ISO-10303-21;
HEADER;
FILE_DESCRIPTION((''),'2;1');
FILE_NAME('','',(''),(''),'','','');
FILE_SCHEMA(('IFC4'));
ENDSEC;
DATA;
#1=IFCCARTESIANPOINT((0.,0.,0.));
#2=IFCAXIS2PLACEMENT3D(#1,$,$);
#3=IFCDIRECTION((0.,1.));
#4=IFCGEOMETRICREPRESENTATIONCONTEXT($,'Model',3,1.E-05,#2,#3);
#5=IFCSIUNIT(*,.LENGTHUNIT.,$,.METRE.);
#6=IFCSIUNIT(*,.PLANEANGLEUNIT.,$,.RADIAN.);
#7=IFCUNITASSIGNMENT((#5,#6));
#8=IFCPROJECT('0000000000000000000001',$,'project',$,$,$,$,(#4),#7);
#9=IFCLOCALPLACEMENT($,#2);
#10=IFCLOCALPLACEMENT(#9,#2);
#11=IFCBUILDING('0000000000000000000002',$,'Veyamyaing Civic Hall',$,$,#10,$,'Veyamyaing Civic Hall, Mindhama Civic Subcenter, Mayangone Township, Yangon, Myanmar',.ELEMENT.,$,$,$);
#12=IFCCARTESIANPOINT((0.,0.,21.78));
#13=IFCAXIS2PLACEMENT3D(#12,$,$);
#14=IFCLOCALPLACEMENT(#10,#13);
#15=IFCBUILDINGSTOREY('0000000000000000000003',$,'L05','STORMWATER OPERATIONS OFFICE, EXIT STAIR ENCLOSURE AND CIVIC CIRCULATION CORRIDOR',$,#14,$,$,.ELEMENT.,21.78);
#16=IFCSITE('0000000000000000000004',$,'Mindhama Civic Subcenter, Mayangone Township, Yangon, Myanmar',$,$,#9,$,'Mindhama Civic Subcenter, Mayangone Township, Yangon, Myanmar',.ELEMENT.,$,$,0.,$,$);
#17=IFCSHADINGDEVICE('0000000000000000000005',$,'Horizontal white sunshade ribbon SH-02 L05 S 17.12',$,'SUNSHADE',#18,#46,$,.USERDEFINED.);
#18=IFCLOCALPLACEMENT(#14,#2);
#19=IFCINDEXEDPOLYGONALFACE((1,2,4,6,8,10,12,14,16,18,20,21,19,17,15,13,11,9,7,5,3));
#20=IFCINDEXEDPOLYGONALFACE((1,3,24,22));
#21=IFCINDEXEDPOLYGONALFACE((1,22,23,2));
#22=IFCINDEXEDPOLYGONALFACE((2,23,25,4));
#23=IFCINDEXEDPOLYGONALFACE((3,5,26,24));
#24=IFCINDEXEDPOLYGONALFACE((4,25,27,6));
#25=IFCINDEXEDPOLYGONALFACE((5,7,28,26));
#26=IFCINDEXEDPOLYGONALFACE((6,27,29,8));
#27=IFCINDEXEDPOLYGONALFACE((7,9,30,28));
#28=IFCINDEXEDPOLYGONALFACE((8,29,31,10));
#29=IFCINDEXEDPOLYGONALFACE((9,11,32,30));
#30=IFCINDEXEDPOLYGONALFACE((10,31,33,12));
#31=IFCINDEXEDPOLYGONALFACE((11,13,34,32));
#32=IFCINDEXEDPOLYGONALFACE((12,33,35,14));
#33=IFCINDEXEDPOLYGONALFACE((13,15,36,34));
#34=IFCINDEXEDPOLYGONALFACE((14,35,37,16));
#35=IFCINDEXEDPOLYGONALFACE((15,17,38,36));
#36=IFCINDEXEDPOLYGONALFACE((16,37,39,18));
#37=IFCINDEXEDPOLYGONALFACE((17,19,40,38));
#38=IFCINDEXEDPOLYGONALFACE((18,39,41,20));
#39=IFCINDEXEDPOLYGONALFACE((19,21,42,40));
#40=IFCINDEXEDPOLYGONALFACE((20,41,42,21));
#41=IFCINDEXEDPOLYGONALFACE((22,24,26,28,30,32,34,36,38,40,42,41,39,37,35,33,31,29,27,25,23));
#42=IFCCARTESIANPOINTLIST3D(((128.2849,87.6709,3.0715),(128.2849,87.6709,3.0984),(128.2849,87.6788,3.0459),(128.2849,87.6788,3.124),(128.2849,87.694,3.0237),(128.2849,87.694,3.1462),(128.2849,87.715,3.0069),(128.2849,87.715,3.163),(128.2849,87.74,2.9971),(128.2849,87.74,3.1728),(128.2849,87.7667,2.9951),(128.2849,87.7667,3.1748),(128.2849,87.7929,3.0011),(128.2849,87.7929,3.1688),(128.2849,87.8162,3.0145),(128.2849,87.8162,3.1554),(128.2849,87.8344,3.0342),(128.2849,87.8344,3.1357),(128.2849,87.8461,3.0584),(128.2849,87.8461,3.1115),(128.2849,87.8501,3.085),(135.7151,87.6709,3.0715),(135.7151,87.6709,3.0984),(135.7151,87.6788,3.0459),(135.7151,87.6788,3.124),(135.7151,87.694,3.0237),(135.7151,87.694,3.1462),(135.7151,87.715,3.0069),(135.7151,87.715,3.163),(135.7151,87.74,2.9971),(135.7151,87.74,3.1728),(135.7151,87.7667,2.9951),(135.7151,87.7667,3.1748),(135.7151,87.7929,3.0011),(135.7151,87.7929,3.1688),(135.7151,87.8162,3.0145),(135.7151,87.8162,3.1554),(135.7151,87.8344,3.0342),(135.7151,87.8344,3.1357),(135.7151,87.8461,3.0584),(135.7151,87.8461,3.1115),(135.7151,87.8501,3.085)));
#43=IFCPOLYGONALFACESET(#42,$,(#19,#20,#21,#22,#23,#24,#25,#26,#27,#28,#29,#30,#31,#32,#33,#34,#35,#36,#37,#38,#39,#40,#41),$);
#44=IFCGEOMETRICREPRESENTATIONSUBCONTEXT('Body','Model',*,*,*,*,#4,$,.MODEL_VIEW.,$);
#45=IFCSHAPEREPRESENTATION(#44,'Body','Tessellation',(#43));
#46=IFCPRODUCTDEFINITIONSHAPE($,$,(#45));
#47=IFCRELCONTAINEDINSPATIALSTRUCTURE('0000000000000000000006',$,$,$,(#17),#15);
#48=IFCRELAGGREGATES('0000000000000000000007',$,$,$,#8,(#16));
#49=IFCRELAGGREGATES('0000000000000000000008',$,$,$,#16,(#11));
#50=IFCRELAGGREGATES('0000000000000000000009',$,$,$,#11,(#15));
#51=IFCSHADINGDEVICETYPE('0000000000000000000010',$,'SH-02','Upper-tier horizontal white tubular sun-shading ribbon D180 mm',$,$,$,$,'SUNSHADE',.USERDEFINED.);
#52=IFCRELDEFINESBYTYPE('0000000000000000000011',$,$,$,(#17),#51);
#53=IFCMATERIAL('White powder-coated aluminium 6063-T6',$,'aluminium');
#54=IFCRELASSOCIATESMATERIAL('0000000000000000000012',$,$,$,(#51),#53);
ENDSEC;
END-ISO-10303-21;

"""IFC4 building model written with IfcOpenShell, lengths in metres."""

from ifc_helpers import new_model, si_unit, direction, frame, origin, origin_2d, place, context, subcontext, project, spatial, circle, extrude, material, material_profile, profile_set, type_object, element, save


model = new_model("IFC4")

# Units and contexts
model_context = context("Model", 3, precision=1e-05, world=origin(), true_north=direction((0.0, 1.0)))
body_context = subcontext(model_context, "Body", "Model", "MODEL_VIEW")
ifc_project = project(units=[si_unit("LENGTHUNIT", "METRE"), si_unit("PLANEANGLEUNIT", "RADIAN")], contexts=[model_context])

# Site, building, storey
site_placement = place(None, origin())
site = spatial("IfcSite", under=ifc_project, at=site_placement, Name="Mindhama Civic Subcenter, Mayangone Township, Yangon, Myanmar", LongName="Mindhama Civic Subcenter, Mayangone Township, Yangon, Myanmar", CompositionType="ELEMENT", RefElevation=0.0)
building_placement = place(site_placement, origin())
building = spatial("IfcBuilding", under=site, at=building_placement, Name="Veyamyaing Civic Hall", LongName="Veyamyaing Civic Hall, Mindhama Civic Subcenter, Mayangone Township, Yangon, Myanmar", CompositionType="ELEMENT")
storey_placement = place(building_placement, frame((0.0, 0.0, 21.78)))
storey = spatial("IfcBuildingStorey", under=building, at=storey_placement, Name="L05", Description="STORMWATER OPERATIONS OFFICE, EXIT STAIR ENCLOSURE AND CIVIC CIRCULATION CORRIDOR", CompositionType="ELEMENT", Elevation=21.78)

# Shading device
ifc_material_1 = material(Name="White powder-coated aluminium 6063-T6", Category="aluminium")
ifc_material_profile_1 = material_profile(ifc_material_1, circle(Radius=0.0901, at=origin_2d()), Name="SHADE-TUBE-180")
ifc_profile_set_1 = profile_set([ifc_material_profile_1], Name="White powder-coated aluminium 6063-T6")
shading_device_type = type_object("IfcShadingDeviceType", Name="SH-02", Description="Upper-tier horizontal white tubular sun-shading ribbon D180 mm", ElementType="SUNSHADE", PredefinedType="USERDEFINED", material=ifc_profile_set_1)
shading_device_placement = place(storey_placement, frame((128.2849, 87.76, 3.085), z_axis=(1.0, 0.0, 0.0), x_axis=(0.0, 1.0, 0.0)))
element("IfcShadingDevice", 1, at=shading_device_placement, inside=storey, type_object=shading_device_type, Name="Horizontal white sunshade ribbon SH-02 L05 S 17.12", ObjectType="SUNSHADE", PredefinedType="USERDEFINED", context=body_context, shape_type="SweptSolid", body=[
    extrude(circle(Radius=0.0901, at=origin_2d()), origin(), (0.0, 0.0, 1.0), 7.4302),
])

save(model, "model.ifc")
